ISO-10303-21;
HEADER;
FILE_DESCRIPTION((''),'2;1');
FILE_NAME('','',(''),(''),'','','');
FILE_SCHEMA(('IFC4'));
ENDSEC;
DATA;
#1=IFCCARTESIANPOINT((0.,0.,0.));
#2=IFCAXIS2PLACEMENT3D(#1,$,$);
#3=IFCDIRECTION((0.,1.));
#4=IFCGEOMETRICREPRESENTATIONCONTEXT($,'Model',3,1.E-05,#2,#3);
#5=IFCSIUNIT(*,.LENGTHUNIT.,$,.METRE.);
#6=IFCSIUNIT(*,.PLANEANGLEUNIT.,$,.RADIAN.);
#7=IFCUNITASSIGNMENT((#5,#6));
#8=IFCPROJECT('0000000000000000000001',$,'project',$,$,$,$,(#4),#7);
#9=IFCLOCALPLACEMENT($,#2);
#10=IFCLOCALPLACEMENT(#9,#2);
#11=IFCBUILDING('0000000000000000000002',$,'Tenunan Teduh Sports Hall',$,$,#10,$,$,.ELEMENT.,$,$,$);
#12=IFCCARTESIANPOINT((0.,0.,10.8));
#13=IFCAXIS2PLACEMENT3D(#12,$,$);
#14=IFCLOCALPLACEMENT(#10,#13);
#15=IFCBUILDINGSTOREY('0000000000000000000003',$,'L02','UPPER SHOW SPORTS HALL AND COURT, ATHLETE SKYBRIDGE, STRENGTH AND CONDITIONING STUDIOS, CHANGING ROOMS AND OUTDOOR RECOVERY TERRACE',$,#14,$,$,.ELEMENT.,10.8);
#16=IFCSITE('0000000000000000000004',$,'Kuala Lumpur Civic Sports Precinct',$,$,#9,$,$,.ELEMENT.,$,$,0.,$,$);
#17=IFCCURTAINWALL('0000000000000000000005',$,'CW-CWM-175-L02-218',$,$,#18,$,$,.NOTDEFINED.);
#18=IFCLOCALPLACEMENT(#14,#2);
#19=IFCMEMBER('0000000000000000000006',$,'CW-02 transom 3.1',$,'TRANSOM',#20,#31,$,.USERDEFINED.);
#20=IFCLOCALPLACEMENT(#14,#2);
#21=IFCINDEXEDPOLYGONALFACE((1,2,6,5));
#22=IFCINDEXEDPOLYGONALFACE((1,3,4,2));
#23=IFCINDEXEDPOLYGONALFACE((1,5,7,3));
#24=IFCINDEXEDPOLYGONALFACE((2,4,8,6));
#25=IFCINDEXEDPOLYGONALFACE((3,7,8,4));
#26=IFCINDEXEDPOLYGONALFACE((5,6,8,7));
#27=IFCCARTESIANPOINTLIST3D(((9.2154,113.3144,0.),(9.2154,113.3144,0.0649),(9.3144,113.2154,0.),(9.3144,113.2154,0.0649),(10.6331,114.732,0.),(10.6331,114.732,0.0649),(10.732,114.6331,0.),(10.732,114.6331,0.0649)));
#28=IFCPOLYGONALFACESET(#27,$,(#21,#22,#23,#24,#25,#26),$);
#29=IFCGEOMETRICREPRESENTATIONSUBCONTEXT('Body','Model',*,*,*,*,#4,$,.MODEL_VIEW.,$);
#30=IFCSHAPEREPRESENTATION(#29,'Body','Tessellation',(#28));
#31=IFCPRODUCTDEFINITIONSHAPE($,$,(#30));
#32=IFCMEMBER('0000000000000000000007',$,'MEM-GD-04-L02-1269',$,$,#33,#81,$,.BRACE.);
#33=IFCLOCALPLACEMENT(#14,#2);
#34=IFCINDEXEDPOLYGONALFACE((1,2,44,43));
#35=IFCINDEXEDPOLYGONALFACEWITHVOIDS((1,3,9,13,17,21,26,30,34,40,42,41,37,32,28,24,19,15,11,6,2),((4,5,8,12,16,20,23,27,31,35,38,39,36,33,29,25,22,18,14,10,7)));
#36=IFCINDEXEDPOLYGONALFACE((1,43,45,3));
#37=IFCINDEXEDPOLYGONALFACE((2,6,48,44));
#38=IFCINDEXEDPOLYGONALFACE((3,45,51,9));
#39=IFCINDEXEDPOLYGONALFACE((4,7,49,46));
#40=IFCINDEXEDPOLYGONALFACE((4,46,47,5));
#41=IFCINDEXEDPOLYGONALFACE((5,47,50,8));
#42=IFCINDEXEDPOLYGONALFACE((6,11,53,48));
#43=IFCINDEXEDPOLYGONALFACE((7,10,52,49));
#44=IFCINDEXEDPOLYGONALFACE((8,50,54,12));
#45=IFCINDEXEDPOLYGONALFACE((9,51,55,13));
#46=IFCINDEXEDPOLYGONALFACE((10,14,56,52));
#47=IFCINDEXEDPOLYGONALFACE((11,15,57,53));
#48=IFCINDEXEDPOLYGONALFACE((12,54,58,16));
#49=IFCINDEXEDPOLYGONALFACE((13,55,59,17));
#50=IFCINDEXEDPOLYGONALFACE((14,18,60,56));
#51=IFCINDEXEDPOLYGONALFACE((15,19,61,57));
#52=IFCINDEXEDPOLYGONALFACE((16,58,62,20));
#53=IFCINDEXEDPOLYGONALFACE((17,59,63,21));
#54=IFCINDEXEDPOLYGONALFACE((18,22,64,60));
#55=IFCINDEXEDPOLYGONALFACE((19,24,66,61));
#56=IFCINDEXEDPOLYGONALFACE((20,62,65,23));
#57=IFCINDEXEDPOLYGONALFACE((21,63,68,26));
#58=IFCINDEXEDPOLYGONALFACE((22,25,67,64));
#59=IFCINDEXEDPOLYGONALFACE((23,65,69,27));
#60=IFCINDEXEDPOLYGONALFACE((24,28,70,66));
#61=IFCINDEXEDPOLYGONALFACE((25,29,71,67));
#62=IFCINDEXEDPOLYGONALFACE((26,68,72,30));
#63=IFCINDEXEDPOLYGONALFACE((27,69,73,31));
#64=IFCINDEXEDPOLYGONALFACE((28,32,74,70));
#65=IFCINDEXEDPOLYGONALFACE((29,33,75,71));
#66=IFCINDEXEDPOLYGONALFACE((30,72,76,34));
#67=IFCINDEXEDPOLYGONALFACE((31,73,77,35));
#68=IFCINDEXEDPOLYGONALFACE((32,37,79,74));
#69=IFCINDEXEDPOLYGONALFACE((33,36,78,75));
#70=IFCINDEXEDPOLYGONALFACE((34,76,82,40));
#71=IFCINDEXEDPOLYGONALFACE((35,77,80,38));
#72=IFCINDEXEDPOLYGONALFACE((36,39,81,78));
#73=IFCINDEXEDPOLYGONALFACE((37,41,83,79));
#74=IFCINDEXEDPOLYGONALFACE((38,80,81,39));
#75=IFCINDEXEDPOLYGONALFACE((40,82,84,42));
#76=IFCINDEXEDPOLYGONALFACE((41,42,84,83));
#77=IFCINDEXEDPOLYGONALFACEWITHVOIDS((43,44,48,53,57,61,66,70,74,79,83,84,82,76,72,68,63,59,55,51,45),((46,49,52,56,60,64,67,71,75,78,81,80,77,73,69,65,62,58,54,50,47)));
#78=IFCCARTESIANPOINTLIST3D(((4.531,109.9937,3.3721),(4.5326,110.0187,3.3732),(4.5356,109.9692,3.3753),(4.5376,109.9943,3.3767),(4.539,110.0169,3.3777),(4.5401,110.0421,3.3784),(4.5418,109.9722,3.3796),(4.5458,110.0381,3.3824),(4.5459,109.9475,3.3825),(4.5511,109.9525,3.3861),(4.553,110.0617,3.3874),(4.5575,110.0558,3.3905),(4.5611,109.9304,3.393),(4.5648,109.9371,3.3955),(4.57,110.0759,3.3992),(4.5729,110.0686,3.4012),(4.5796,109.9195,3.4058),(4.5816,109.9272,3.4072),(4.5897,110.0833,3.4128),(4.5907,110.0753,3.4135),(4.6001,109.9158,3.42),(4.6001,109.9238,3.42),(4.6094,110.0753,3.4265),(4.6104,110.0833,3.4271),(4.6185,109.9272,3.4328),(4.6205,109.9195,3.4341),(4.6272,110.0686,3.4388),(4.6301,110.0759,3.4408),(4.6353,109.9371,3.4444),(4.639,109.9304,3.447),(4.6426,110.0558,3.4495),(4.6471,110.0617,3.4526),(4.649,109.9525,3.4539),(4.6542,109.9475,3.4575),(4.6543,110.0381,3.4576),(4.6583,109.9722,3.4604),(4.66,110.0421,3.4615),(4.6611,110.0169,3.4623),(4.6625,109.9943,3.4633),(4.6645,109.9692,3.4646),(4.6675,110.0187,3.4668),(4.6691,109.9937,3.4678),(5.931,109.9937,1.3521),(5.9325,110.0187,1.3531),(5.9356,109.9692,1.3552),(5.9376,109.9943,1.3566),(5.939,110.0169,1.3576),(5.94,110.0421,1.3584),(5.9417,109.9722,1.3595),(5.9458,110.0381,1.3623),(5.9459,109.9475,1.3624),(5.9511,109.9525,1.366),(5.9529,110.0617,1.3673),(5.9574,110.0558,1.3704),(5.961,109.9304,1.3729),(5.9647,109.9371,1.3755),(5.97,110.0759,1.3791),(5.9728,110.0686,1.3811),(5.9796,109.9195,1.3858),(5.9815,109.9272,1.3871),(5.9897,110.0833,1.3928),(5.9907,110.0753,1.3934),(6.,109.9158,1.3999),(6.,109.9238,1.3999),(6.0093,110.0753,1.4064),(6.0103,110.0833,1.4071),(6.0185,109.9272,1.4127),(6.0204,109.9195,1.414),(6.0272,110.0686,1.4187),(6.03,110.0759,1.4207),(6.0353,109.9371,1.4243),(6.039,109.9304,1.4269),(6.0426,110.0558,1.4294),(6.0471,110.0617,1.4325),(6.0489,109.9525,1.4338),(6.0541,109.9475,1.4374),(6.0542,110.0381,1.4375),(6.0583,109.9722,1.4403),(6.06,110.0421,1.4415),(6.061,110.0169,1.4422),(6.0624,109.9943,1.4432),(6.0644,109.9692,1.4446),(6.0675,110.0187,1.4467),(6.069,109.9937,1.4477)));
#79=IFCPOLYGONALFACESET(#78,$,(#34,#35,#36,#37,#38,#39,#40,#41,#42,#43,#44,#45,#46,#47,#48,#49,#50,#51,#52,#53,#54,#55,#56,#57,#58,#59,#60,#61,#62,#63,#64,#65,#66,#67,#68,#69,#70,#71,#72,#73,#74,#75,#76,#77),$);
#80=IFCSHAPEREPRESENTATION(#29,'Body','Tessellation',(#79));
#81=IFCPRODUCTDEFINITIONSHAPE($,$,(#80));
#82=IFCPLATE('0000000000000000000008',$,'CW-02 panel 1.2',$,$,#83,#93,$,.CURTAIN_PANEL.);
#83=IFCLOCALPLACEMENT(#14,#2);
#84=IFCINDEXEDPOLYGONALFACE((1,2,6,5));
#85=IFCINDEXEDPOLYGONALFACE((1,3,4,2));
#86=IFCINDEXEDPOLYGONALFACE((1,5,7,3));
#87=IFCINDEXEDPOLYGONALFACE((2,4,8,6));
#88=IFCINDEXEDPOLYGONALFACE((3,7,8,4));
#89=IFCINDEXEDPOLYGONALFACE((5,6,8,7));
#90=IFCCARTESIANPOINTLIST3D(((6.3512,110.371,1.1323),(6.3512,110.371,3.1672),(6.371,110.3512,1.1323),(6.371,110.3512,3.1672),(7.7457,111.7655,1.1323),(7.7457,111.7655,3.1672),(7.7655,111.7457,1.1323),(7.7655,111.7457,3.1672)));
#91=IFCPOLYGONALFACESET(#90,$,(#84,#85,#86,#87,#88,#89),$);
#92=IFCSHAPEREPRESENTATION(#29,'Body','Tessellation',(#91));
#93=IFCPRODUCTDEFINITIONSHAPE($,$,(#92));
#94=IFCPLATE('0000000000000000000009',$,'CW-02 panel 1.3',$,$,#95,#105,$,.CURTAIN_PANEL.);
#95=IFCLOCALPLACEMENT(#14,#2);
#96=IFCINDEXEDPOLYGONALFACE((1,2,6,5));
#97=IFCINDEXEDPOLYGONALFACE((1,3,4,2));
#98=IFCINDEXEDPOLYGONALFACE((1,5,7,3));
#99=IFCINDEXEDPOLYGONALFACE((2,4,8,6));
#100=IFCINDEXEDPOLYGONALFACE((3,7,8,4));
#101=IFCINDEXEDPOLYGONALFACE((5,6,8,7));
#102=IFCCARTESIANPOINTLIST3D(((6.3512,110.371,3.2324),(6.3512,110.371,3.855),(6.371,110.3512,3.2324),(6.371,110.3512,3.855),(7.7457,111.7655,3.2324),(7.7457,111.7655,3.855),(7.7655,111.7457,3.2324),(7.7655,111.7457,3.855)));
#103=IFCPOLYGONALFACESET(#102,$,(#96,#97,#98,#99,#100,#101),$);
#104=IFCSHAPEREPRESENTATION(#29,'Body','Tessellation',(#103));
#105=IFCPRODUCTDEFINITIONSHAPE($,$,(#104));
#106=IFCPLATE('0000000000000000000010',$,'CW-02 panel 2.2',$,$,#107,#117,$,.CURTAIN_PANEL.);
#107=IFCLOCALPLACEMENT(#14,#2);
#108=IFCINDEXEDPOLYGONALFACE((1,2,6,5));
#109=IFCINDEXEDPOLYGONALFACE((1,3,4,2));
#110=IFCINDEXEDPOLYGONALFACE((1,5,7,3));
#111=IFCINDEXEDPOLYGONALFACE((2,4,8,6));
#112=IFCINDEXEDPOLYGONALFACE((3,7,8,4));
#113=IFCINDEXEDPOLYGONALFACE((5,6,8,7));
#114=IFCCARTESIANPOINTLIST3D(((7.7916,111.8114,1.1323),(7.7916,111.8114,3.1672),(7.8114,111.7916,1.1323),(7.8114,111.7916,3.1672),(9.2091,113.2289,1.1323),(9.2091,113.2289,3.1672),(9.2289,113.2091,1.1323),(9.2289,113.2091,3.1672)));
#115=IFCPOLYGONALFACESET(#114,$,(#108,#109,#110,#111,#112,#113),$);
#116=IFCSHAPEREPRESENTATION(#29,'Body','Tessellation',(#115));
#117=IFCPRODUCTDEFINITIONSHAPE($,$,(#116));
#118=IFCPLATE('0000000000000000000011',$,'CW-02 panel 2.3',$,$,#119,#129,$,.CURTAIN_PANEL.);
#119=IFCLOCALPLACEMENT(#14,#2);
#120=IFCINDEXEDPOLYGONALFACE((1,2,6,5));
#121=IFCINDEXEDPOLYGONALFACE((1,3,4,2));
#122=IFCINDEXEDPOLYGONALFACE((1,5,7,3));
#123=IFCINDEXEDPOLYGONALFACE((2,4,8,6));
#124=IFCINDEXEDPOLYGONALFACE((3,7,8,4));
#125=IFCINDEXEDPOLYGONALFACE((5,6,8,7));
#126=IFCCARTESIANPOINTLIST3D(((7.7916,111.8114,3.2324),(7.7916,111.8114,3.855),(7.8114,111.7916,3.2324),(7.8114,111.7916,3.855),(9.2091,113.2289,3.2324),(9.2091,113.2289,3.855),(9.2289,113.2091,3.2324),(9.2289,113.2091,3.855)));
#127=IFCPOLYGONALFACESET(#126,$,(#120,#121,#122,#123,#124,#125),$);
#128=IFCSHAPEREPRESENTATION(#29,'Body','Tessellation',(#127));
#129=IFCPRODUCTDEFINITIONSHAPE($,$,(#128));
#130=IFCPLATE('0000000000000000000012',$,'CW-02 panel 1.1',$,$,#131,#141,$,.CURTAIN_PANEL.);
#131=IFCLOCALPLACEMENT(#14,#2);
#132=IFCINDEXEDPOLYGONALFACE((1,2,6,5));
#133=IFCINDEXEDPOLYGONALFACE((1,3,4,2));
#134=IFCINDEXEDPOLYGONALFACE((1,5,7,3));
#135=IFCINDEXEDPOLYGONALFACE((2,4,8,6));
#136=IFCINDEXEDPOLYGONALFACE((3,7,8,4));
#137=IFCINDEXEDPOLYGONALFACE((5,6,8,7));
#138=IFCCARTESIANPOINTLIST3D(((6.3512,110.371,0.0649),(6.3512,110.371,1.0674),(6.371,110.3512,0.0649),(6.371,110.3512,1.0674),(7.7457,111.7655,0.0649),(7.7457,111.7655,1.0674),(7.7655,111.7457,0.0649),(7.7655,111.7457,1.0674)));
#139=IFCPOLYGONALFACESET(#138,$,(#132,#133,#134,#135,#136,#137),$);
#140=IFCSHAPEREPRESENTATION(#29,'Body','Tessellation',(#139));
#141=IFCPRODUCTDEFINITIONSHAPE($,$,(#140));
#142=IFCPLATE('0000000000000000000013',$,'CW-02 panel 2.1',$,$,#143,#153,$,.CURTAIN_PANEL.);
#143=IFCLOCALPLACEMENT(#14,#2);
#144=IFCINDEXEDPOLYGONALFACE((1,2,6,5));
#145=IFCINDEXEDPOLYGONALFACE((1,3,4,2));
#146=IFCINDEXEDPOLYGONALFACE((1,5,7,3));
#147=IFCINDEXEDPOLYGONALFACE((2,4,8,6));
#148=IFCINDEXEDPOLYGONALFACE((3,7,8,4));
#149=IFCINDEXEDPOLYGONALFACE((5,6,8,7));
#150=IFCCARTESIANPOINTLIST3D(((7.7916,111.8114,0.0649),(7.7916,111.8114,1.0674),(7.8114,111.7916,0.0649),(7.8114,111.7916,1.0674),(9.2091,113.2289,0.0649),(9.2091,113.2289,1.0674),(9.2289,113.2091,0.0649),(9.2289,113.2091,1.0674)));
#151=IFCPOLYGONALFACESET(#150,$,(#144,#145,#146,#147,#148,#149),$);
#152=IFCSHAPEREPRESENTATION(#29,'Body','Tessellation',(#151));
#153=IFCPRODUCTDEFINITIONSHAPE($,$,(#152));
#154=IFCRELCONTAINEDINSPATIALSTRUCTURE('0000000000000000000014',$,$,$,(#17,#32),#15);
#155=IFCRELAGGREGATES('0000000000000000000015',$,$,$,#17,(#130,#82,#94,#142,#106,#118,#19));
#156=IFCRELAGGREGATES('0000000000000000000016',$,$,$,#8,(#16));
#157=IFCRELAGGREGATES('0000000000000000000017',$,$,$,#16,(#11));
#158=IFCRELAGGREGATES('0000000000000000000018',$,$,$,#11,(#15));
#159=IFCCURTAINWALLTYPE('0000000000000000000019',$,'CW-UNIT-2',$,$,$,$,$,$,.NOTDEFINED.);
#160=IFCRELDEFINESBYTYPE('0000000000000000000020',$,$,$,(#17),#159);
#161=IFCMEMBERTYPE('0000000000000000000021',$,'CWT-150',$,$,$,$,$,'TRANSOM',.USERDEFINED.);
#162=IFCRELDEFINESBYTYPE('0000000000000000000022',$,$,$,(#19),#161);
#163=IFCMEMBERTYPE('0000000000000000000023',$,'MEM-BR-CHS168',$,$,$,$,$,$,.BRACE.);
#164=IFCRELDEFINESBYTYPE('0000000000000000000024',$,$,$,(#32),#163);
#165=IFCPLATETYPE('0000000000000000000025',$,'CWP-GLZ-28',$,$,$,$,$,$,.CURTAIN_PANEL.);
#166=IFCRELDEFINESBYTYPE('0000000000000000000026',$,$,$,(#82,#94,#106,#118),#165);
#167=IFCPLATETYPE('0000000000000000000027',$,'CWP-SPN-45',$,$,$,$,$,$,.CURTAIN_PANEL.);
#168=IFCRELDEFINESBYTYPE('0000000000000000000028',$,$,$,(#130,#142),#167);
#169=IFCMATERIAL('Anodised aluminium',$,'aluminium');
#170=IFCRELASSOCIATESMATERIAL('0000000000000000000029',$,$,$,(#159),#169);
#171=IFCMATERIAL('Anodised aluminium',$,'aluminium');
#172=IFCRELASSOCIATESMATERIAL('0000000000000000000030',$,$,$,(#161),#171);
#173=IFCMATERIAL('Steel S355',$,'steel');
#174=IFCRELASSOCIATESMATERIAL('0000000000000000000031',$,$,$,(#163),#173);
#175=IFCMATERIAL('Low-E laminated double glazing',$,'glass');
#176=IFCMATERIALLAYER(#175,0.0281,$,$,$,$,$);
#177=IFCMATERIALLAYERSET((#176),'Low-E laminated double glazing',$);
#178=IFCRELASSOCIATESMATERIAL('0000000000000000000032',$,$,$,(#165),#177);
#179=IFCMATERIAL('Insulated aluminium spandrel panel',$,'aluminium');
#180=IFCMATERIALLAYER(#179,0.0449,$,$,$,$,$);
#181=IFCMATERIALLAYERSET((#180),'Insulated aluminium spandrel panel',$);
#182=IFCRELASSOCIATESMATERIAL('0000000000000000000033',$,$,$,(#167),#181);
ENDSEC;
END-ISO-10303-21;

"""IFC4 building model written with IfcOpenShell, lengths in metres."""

from ifc_helpers import new_model, si_unit, direction, frame, origin, origin_2d, place, context, subcontext, project, spatial, rectangle, hollow_circle, extrude, material, layer, layer_set, material_profile, profile_set, type_object, element, aggregate, save


model = new_model("IFC4")

# Units and contexts
model_context = context("Model", 3, precision=1e-05, world=origin(), true_north=direction((0.0, 1.0)))
body_context = subcontext(model_context, "Body", "Model", "MODEL_VIEW")
ifc_project = project(units=[si_unit("LENGTHUNIT", "METRE"), si_unit("PLANEANGLEUNIT", "RADIAN")], contexts=[model_context])

# Site, building, storey
site_placement = place(None, origin())
site = spatial("IfcSite", under=ifc_project, at=site_placement, Name="Kuala Lumpur Civic Sports Precinct", CompositionType="ELEMENT", RefElevation=0.0)
building_placement = place(site_placement, origin())
building = spatial("IfcBuilding", under=site, at=building_placement, Name="Tenunan Teduh Sports Hall", CompositionType="ELEMENT")
storey_placement = place(building_placement, frame((0.0, 0.0, 10.8)))
storey = spatial("IfcBuildingStorey", under=building, at=storey_placement, Name="L02", Description="UPPER SHOW SPORTS HALL AND COURT, ATHLETE SKYBRIDGE, STRENGTH AND CONDITIONING STUDIOS, CHANGING ROOMS AND OUTDOOR RECOVERY TERRACE", CompositionType="ELEMENT", Elevation=10.8)

# Curtain wall, member
ifc_material_1 = material(Name="Anodised aluminium", Category="aluminium")
curtain_wall_type = type_object("IfcCurtainWallType", Name="CW-UNIT-2", PredefinedType="NOTDEFINED", material=ifc_material_1)
curtain_wall_placement = place(storey_placement, origin())
curtain_wall = element("IfcCurtainWall", 1, at=curtain_wall_placement, inside=storey, type_object=curtain_wall_type, Name="CW-CWM-175-L02-218", PredefinedType="NOTDEFINED")
ifc_material_2 = material(Name="Anodised aluminium", Category="aluminium")
ifc_material_profile_1 = material_profile(ifc_material_2, rectangle(XDim=0.0649, YDim=0.1399, at=origin_2d()), Name="CWT 65x140")
ifc_profile_set_1 = profile_set([ifc_material_profile_1], Name="Anodised aluminium")
member_type_1 = type_object("IfcMemberType", Name="CWT-150", ElementType="TRANSOM", PredefinedType="USERDEFINED", material=ifc_profile_set_1)
member_1_placement = place(storey_placement, frame((9.2649, 113.2649, 0.0325), z_axis=(0.707107, 0.707107, 0.0), x_axis=(0.0, 0.0, 1.0)))
member_1 = element("IfcMember", 2, at=member_1_placement, type_object=member_type_1, Name="CW-02 transom 3.1", ObjectType="TRANSOM", PredefinedType="USERDEFINED", context=body_context, shape_type="SweptSolid", body=[
    extrude(rectangle(XDim=0.0649, YDim=0.1399, at=origin_2d()), origin(), (0.0, 0.0, 1.0), 2.0049),
])

# Member
ifc_material_3 = material(Name="Steel S355", Category="steel")
ifc_material_profile_2 = material_profile(ifc_material_3, hollow_circle(Radius=0.0842, WallThickness=0.0081, at=origin_2d()), Name="CHS 168.3x8.0")
ifc_profile_set_2 = profile_set([ifc_material_profile_2], Name="Steel S355")
member_type_2 = type_object("IfcMemberType", Name="MEM-BR-CHS168", PredefinedType="BRACE", material=ifc_profile_set_2)
member_2_placement = place(storey_placement, frame((6.0, 110.0, 1.3999), z_axis=(-0.569602, 0.0, 0.82192), x_axis=(0.0, -1.0, 0.0)))
element("IfcMember", 3, at=member_2_placement, inside=storey, type_object=member_type_2, Name="MEM-GD-04-L02-1269", PredefinedType="BRACE", context=body_context, shape_type="SweptSolid", body=[
    extrude(hollow_circle(Radius=0.0842, WallThickness=0.0081, at=origin_2d()), origin(), (0.0, 0.0, 1.0), 2.4578),
])

# Plates
ifc_material_4 = material(Name="Low-E laminated double glazing", Category="glass")
ifc_layer_1 = layer(ifc_material_4, 0.0281)
ifc_layer_set_1 = layer_set([ifc_layer_1], Name="Low-E laminated double glazing")
plate_type_1 = type_object("IfcPlateType", Name="CWP-GLZ-28", PredefinedType="CURTAIN_PANEL", material=ifc_layer_set_1)
plate_1_placement = place(storey_placement, frame((7.0583, 111.0583, 1.1323), z_axis=(0.0, 0.0, 1.0), x_axis=(0.707107, 0.707107, 0.0)))
plate_1 = element("IfcPlate", 4, at=plate_1_placement, type_object=plate_type_1, Name="CW-02 panel 1.2", PredefinedType="CURTAIN_PANEL", context=body_context, shape_type="SweptSolid", body=[
    extrude(rectangle(XDim=1.9722, YDim=0.0281, at=origin_2d()), origin(), (0.0, 0.0, 1.0), 2.0349),
])
plate_2_placement = place(storey_placement, frame((7.0583, 111.0583, 3.2324), z_axis=(0.0, 0.0, 1.0), x_axis=(0.707107, 0.707107, 0.0)))
plate_2 = element("IfcPlate", 5, at=plate_2_placement, type_object=plate_type_1, Name="CW-02 panel 1.3", PredefinedType="CURTAIN_PANEL", context=body_context, shape_type="SweptSolid", body=[
    extrude(rectangle(XDim=1.9722, YDim=0.0281, at=origin_2d()), origin(), (0.0, 0.0, 1.0), 0.6226),
])
plate_3_placement = place(storey_placement, frame((8.5103, 112.5103, 1.1323), z_axis=(0.0, 0.0, 1.0), x_axis=(0.707107, 0.707107, 0.0)))
plate_3 = element("IfcPlate", 6, at=plate_3_placement, type_object=plate_type_1, Name="CW-02 panel 2.2", PredefinedType="CURTAIN_PANEL", context=body_context, shape_type="SweptSolid", body=[
    extrude(rectangle(XDim=2.0046, YDim=0.0281, at=origin_2d()), origin(), (0.0, 0.0, 1.0), 2.0349),
])
plate_4_placement = place(storey_placement, frame((8.5103, 112.5103, 3.2324), z_axis=(0.0, 0.0, 1.0), x_axis=(0.707107, 0.707107, 0.0)))
plate_4 = element("IfcPlate", 7, at=plate_4_placement, type_object=plate_type_1, Name="CW-02 panel 2.3", PredefinedType="CURTAIN_PANEL", context=body_context, shape_type="SweptSolid", body=[
    extrude(rectangle(XDim=2.0046, YDim=0.0281, at=origin_2d()), origin(), (0.0, 0.0, 1.0), 0.6226),
])
ifc_material_5 = material(Name="Insulated aluminium spandrel panel", Category="aluminium")
ifc_layer_2 = layer(ifc_material_5, 0.0449)
ifc_layer_set_2 = layer_set([ifc_layer_2], Name="Insulated aluminium spandrel panel")
plate_type_2 = type_object("IfcPlateType", Name="CWP-SPN-45", PredefinedType="CURTAIN_PANEL", material=ifc_layer_set_2)
plate_5_placement = place(storey_placement, frame((7.0583, 111.0583, 0.0649), z_axis=(0.0, 0.0, 1.0), x_axis=(0.707107, 0.707107, 0.0)))
plate_5 = element("IfcPlate", 8, at=plate_5_placement, type_object=plate_type_2, Name="CW-02 panel 1.1", PredefinedType="CURTAIN_PANEL", context=body_context, shape_type="SweptSolid", body=[
    extrude(rectangle(XDim=1.9722, YDim=0.0281, at=origin_2d()), origin(), (0.0, 0.0, 1.0), 1.0024),
])
plate_6_placement = place(storey_placement, frame((8.5103, 112.5103, 0.0649), z_axis=(0.0, 0.0, 1.0), x_axis=(0.707107, 0.707107, 0.0)))
plate_6 = element("IfcPlate", 9, at=plate_6_placement, type_object=plate_type_2, Name="CW-02 panel 2.1", PredefinedType="CURTAIN_PANEL", context=body_context, shape_type="SweptSolid", body=[
    extrude(rectangle(XDim=2.0046, YDim=0.0281, at=origin_2d()), origin(), (0.0, 0.0, 1.0), 1.0024),
])
aggregate(curtain_wall, [plate_5, plate_1, plate_2, plate_6, plate_3, plate_4, member_1])

save(model, "model.ifc")
